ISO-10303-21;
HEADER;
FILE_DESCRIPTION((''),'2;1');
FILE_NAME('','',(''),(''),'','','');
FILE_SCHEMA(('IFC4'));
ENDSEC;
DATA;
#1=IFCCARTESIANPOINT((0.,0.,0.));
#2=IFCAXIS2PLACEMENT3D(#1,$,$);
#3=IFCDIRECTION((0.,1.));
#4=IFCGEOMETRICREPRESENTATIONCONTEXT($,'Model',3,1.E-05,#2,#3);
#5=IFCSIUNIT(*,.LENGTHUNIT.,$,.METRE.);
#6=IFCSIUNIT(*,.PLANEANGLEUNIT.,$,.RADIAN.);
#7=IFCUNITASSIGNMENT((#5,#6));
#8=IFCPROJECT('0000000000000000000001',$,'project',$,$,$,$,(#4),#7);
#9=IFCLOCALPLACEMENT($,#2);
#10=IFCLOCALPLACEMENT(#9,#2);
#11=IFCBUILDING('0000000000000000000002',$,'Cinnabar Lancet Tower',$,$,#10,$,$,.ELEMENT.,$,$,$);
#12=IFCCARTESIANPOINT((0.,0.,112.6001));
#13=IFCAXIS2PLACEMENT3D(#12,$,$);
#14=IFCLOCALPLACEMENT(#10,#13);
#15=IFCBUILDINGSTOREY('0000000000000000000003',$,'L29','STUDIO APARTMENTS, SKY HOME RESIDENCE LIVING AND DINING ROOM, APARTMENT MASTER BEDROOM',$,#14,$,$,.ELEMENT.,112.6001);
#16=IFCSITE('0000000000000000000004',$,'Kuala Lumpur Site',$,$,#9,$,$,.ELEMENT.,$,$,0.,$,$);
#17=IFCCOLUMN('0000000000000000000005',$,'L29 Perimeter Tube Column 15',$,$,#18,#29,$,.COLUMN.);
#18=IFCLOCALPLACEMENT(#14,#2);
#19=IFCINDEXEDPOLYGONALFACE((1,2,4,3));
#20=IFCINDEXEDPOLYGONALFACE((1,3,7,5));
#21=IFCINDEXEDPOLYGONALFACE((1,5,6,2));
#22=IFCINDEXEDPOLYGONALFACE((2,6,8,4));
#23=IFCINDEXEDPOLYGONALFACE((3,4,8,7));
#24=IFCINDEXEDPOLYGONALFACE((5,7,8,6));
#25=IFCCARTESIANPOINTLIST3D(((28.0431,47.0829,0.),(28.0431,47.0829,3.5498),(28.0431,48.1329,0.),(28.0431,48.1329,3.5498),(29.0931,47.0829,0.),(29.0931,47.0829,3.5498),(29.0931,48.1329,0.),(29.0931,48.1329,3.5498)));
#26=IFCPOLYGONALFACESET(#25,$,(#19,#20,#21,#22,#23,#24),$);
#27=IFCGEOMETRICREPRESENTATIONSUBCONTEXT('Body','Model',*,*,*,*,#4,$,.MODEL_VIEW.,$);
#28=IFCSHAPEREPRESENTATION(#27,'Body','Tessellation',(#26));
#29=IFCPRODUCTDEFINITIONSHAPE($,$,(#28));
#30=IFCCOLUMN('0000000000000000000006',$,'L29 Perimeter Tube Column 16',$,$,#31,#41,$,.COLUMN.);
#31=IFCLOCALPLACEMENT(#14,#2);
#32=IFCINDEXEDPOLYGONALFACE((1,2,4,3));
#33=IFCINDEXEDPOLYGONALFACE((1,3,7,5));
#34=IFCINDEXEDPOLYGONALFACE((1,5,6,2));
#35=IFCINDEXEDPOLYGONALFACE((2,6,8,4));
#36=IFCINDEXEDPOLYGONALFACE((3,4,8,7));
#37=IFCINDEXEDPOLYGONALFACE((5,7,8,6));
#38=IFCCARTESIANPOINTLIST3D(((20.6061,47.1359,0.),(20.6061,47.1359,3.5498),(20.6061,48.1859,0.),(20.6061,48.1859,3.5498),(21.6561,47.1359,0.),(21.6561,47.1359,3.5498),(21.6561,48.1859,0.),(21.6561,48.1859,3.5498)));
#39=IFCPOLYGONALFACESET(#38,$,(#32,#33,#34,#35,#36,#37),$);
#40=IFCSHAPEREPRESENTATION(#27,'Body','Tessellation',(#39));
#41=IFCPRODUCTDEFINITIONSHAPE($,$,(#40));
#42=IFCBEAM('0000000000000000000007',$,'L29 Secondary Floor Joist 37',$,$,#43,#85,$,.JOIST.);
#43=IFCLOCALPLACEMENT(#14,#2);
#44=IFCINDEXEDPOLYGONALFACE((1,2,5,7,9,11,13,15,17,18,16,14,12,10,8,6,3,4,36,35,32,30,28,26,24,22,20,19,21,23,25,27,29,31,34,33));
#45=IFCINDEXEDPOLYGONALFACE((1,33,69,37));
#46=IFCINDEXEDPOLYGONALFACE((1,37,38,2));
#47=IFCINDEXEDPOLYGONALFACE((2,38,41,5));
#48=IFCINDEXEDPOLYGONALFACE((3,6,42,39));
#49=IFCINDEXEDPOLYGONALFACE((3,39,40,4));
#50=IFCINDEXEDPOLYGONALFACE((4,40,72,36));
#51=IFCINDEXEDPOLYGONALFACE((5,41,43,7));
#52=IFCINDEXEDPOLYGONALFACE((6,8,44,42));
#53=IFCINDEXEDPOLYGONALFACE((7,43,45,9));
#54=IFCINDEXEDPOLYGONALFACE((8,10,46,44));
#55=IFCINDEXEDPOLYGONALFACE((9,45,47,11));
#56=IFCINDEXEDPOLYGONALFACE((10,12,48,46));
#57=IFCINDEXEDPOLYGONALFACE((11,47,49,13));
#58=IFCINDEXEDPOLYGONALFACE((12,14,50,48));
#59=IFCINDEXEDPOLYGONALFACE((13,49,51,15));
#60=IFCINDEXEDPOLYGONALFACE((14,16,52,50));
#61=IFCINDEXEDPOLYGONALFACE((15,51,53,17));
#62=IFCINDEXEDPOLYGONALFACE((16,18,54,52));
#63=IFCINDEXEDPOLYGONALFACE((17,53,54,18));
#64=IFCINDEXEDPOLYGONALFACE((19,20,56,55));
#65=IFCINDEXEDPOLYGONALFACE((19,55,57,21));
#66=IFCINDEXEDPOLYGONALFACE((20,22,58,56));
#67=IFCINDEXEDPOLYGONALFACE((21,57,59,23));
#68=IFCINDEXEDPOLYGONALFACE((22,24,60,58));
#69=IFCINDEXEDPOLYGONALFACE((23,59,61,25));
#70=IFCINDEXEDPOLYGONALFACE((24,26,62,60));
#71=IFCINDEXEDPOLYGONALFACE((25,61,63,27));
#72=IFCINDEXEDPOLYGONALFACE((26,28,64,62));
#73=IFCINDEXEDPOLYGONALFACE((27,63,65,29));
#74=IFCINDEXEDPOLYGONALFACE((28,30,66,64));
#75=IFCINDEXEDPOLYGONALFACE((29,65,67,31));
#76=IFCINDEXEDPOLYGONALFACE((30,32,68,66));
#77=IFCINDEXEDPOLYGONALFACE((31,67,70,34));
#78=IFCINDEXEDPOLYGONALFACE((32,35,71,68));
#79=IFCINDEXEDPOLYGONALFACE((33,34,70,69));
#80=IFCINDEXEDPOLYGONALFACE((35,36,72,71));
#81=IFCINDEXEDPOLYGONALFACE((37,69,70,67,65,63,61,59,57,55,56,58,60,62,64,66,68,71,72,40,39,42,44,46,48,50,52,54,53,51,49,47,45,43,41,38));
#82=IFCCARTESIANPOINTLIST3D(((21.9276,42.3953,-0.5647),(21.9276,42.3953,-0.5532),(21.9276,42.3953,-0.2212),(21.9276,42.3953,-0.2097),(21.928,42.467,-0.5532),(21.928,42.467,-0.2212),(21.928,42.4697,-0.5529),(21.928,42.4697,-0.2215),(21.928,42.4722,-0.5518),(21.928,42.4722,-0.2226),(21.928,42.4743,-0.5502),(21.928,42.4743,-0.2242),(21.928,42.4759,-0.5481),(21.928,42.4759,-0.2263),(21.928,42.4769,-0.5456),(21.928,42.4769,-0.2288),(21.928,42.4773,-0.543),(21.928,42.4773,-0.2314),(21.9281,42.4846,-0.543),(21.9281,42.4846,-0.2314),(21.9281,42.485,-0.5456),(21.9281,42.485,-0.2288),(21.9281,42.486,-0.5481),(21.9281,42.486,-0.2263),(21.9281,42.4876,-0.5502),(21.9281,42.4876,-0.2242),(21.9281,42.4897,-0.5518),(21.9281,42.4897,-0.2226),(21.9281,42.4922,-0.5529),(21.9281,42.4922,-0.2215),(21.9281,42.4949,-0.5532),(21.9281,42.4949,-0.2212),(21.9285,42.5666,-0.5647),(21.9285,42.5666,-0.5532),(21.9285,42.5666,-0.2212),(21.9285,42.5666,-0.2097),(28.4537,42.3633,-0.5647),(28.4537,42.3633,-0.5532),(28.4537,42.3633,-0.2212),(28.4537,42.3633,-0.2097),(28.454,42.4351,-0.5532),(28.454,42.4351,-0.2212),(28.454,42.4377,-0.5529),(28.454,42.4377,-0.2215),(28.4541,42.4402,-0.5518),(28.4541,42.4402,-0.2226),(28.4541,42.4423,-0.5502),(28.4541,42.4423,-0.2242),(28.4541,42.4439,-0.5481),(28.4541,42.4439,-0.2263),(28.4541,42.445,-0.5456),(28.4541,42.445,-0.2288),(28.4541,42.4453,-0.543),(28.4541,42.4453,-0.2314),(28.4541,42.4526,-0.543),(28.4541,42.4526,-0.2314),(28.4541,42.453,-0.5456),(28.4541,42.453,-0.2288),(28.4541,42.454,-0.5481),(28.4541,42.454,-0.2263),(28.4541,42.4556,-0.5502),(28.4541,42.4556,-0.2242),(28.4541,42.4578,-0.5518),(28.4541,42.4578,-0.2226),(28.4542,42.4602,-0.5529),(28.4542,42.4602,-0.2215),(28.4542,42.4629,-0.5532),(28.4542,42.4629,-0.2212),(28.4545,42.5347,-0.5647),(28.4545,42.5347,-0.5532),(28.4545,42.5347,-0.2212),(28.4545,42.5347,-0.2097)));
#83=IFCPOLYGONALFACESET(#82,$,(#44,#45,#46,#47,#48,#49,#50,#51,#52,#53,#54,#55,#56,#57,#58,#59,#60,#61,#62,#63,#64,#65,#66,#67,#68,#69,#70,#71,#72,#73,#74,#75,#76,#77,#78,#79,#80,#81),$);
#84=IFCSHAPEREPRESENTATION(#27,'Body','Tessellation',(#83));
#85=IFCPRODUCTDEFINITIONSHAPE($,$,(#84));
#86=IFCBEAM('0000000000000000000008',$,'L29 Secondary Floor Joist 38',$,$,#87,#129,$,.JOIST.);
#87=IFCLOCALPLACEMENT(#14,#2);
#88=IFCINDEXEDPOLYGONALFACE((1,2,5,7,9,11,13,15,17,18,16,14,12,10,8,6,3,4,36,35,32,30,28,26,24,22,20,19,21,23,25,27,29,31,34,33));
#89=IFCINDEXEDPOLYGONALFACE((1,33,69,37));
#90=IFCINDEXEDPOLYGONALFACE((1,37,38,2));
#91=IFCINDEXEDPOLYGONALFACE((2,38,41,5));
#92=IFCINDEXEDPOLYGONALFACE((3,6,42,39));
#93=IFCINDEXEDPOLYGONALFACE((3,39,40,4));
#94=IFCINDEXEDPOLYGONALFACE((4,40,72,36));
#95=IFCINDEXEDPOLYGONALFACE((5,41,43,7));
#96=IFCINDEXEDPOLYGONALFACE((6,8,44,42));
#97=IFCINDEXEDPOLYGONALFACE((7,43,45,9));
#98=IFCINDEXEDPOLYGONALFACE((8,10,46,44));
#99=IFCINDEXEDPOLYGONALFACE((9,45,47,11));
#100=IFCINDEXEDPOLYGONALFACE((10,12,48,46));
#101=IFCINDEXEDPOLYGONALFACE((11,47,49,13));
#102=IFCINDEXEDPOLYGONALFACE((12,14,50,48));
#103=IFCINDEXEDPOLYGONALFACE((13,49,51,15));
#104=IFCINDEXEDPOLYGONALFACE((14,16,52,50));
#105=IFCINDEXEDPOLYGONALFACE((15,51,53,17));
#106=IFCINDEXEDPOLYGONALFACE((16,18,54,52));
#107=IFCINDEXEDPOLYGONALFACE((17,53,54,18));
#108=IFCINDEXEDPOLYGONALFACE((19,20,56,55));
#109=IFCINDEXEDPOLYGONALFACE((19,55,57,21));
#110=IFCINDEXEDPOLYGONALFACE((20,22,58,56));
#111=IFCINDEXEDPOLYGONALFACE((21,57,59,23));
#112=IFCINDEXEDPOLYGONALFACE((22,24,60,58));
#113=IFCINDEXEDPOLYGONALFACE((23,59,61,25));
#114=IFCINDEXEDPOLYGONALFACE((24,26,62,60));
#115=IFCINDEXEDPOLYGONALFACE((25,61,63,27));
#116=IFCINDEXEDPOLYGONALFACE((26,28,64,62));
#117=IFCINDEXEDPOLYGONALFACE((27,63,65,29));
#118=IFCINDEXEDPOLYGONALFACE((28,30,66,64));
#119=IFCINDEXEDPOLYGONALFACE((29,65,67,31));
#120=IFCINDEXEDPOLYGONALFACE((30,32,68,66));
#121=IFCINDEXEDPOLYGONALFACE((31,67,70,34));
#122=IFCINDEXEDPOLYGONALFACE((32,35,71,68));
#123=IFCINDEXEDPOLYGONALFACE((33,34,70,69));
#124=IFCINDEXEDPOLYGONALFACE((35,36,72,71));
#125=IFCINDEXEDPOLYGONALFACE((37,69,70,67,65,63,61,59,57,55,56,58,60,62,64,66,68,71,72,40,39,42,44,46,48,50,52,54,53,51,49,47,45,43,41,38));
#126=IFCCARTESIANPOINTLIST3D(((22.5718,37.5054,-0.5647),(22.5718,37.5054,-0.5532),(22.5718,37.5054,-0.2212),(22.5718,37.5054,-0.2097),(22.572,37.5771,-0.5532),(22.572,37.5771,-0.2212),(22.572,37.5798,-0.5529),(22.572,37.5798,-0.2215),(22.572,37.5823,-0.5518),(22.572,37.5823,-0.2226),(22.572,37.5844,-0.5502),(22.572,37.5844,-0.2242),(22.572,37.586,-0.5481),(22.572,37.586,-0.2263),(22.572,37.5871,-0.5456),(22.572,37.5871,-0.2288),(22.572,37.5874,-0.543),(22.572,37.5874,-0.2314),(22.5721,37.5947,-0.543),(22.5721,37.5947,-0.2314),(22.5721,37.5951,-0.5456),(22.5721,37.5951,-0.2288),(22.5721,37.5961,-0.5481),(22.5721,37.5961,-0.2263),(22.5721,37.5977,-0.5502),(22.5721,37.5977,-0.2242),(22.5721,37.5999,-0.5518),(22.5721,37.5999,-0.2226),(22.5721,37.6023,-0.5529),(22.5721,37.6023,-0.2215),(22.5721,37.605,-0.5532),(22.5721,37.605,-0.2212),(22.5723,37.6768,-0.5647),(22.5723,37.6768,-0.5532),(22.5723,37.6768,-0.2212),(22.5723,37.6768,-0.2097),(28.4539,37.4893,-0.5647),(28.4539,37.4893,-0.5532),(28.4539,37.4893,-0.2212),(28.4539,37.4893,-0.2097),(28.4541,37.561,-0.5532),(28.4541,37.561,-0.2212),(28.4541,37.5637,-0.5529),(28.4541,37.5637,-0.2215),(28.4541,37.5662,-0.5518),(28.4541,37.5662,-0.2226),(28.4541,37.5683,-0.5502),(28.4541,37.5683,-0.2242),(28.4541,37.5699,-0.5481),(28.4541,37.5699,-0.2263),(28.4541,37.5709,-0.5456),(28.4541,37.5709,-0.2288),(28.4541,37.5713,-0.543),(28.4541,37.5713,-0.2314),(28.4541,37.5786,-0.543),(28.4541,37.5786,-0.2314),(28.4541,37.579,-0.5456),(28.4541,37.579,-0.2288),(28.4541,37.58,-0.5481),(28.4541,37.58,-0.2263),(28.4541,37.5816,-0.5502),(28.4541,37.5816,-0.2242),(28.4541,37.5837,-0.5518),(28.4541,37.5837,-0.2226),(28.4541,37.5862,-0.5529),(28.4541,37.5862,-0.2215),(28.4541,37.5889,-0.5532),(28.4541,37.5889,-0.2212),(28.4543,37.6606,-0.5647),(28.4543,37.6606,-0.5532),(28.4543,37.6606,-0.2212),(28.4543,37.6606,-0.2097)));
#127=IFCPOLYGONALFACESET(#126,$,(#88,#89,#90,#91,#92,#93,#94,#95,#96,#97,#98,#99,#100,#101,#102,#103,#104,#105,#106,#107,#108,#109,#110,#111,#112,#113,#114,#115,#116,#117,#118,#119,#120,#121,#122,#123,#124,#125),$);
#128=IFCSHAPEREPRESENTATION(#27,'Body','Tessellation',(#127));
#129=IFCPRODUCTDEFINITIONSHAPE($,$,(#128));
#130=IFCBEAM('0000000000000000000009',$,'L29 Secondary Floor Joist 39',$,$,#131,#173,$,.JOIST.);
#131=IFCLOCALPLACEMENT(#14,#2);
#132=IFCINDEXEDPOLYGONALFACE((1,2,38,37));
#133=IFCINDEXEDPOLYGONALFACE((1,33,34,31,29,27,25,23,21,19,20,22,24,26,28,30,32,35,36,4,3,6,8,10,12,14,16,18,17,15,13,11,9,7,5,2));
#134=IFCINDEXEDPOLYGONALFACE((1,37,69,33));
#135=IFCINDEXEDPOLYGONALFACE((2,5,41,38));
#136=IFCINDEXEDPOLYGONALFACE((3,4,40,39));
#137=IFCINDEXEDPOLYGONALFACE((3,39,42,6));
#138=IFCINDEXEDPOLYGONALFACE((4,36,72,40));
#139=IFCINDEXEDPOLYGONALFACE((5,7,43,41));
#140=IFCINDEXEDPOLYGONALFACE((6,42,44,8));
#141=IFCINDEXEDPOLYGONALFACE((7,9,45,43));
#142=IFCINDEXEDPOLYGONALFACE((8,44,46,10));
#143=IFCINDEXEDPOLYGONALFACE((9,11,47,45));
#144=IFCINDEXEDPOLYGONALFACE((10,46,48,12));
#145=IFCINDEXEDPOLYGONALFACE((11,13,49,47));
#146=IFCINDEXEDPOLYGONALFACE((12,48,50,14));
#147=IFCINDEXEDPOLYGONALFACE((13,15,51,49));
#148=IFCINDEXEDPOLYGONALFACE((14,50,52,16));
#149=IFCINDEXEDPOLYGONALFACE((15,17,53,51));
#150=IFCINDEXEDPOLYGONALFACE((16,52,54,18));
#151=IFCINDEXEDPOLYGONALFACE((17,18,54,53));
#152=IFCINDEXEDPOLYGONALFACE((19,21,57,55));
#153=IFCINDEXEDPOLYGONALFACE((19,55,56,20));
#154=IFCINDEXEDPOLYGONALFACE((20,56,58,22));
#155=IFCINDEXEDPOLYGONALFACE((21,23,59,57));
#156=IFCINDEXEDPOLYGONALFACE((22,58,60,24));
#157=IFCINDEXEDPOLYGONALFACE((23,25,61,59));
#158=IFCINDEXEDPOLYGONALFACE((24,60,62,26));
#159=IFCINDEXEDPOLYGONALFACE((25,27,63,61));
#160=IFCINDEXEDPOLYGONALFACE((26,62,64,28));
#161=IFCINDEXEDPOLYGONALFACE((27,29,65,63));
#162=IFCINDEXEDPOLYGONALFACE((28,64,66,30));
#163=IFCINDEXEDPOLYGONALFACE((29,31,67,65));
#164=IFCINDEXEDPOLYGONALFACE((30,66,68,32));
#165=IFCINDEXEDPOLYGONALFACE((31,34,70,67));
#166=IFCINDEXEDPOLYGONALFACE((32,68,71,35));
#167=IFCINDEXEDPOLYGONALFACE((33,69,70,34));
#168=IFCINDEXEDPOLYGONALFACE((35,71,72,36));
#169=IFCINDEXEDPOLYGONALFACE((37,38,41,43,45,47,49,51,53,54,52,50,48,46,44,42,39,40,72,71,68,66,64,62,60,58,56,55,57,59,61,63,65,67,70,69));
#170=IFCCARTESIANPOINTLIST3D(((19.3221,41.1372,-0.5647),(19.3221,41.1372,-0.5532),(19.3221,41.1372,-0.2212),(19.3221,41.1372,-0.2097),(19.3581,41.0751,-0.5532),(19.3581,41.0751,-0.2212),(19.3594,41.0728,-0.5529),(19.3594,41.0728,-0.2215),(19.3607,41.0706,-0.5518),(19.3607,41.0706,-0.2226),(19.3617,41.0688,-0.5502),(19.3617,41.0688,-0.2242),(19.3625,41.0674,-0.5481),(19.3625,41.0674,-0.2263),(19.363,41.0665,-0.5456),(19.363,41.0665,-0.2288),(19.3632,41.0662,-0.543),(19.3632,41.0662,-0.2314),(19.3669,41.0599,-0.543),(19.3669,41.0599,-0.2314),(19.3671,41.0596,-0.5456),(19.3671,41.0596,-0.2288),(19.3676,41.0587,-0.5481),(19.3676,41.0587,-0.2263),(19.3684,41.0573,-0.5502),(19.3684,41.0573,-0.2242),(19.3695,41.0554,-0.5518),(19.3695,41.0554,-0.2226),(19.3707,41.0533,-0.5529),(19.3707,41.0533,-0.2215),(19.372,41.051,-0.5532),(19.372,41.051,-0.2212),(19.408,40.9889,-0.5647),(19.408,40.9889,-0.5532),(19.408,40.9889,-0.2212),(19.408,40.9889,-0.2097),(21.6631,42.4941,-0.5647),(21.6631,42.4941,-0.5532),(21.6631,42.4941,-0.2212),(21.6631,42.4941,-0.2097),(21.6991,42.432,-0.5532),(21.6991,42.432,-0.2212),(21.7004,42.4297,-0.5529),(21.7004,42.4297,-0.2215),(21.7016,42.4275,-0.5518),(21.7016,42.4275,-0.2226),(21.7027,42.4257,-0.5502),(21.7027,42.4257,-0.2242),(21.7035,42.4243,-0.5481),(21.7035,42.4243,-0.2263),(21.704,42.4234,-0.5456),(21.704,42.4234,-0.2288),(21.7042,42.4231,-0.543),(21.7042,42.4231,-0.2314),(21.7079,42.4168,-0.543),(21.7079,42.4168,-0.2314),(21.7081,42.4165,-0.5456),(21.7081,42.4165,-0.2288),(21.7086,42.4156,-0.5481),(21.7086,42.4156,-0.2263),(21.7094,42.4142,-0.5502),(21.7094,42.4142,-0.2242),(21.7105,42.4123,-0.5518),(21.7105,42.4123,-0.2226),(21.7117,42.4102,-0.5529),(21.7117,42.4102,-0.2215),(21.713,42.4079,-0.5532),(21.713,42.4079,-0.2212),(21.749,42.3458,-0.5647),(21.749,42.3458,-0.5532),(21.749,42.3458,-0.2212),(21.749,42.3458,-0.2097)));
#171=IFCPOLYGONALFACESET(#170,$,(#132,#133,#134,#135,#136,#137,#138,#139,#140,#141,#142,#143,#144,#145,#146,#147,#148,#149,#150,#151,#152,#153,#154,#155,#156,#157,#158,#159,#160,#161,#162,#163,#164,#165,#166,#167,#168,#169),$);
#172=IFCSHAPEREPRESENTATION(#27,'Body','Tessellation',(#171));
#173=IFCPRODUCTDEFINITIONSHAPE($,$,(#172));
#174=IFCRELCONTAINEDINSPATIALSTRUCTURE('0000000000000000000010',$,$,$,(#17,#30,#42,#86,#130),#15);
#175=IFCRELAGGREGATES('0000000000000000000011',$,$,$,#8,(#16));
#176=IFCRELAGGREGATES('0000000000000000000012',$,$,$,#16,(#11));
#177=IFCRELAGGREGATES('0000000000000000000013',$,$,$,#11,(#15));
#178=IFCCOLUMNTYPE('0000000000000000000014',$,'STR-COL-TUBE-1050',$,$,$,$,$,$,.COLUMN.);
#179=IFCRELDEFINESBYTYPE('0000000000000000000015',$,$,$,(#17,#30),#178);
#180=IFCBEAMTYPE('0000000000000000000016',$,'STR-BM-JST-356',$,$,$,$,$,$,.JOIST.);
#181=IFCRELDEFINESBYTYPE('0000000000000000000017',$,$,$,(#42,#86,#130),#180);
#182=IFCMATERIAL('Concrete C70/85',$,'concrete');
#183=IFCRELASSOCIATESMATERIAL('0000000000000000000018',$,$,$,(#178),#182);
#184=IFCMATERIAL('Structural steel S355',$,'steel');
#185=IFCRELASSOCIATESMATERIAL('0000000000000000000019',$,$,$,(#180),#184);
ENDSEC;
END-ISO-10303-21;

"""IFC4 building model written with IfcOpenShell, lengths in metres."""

from ifc_helpers import new_model, si_unit, direction, frame, origin, origin_2d, place, context, subcontext, project, spatial, rectangle, i_section, extrude, material, material_profile, profile_set, type_object, element, save


model = new_model("IFC4")

# Units and contexts
model_context = context("Model", 3, precision=1e-05, world=origin(), true_north=direction((0.0, 1.0)))
body_context = subcontext(model_context, "Body", "Model", "MODEL_VIEW")
ifc_project = project(units=[si_unit("LENGTHUNIT", "METRE"), si_unit("PLANEANGLEUNIT", "RADIAN")], contexts=[model_context])

# Site, building, storey
site_placement = place(None, origin())
site = spatial("IfcSite", under=ifc_project, at=site_placement, Name="Kuala Lumpur Site", CompositionType="ELEMENT", RefElevation=0.0)
building_placement = place(site_placement, origin())
building = spatial("IfcBuilding", under=site, at=building_placement, Name="Cinnabar Lancet Tower", CompositionType="ELEMENT")
storey_placement = place(building_placement, frame((0.0, 0.0, 112.6001)))
storey = spatial("IfcBuildingStorey", under=building, at=storey_placement, Name="L29", Description="STUDIO APARTMENTS, SKY HOME RESIDENCE LIVING AND DINING ROOM, APARTMENT MASTER BEDROOM", CompositionType="ELEMENT", Elevation=112.6001)

# Columns
ifc_material_1 = material(Name="Concrete C70/85", Category="concrete")
ifc_material_profile_1 = material_profile(ifc_material_1, rectangle(XDim=1.05, YDim=1.05, at=origin_2d()), Name="RC-COL 1050x1050")
ifc_profile_set_1 = profile_set([ifc_material_profile_1], Name="Concrete C70/85")
column_type = type_object("IfcColumnType", Name="STR-COL-TUBE-1050", PredefinedType="COLUMN", material=ifc_profile_set_1)
for number, where, z_axis, x_axis, name in (
    (1, (28.5681, 47.6079, 0.0), (0.0, 0.0, 1.0), (1.0, 0.0, 0.0), "L29 Perimeter Tube Column 15"),
    (2, (21.1311, 47.6609, 0.0), (0.0, 0.0, 1.0), (1.0, 0.0, 0.0), "L29 Perimeter Tube Column 16"),
):
    element("IfcColumn", number, at=place(storey_placement, frame(where, z_axis=z_axis, x_axis=x_axis)), inside=storey, type_object=column_type, Name=name, PredefinedType="COLUMN", context=body_context, shape_type="SweptSolid", body=[
        extrude(rectangle(XDim=1.05, YDim=1.05, at=origin_2d()), origin(), (0.0, 0.0, 1.0), 3.5498),
    ])

# Beams
ifc_material_2 = material(Name="Structural steel S355", Category="steel")
ifc_material_profile_2 = material_profile(ifc_material_2, i_section(OverallWidth=0.1714, OverallDepth=0.355, WebThickness=0.0073, FlangeThickness=0.0115, FilletRadius=0.0103, at=origin_2d()), Name="UKB 356x171x51")
ifc_profile_set_2 = profile_set([ifc_material_profile_2], Name="Structural steel S355")
beam_type_1 = type_object("IfcBeamType", Name="STR-BM-JST-356", PredefinedType="JOIST", material=ifc_profile_set_2)
beam_1_placement = place(storey_placement, frame((28.4541, 42.449, -0.3872), z_axis=(-0.999988, 0.004901, 0.0), x_axis=(-0.004901, -0.999988, 0.0)))
element("IfcBeam", 3, at=beam_1_placement, inside=storey, type_object=beam_type_1, Name="L29 Secondary Floor Joist 37", PredefinedType="JOIST", context=body_context, shape_type="SweptSolid", body=[
    extrude(i_section(OverallWidth=0.1714, OverallDepth=0.355, WebThickness=0.0073, FlangeThickness=0.0115, FilletRadius=0.0103, at=origin_2d()), origin(), (0.0, 0.0, 1.0), 6.5261),
])
beam_2_placement = place(storey_placement, frame((28.4541, 37.575, -0.3872), z_axis=(-0.999996, 0.002739, 0.0), x_axis=(-0.002739, -0.999996, 0.0)))
element("IfcBeam", 4, at=beam_2_placement, inside=storey, type_object=beam_type_1, Name="L29 Secondary Floor Joist 38", PredefinedType="JOIST", context=body_context, shape_type="SweptSolid", body=[
    extrude(i_section(OverallWidth=0.1714, OverallDepth=0.355, WebThickness=0.0073, FlangeThickness=0.0115, FilletRadius=0.0103, at=origin_2d()), origin(), (0.0, 0.0, 1.0), 5.8821),
])
beam_3_placement = place(storey_placement, frame((21.7061, 42.4199, -0.3872), z_axis=(-0.865173, -0.501474, 0.0), x_axis=(0.501474, -0.865173, 0.0)))
element("IfcBeam", 5, at=beam_3_placement, inside=storey, type_object=beam_type_1, Name="L29 Secondary Floor Joist 39", PredefinedType="JOIST", context=body_context, shape_type="SweptSolid", body=[
    extrude(i_section(OverallWidth=0.1714, OverallDepth=0.355, WebThickness=0.0073, FlangeThickness=0.0115, FilletRadius=0.0103, at=origin_2d()), origin(), (0.0, 0.0, 1.0), 2.7058),
])

save(model, "model.ifc")
